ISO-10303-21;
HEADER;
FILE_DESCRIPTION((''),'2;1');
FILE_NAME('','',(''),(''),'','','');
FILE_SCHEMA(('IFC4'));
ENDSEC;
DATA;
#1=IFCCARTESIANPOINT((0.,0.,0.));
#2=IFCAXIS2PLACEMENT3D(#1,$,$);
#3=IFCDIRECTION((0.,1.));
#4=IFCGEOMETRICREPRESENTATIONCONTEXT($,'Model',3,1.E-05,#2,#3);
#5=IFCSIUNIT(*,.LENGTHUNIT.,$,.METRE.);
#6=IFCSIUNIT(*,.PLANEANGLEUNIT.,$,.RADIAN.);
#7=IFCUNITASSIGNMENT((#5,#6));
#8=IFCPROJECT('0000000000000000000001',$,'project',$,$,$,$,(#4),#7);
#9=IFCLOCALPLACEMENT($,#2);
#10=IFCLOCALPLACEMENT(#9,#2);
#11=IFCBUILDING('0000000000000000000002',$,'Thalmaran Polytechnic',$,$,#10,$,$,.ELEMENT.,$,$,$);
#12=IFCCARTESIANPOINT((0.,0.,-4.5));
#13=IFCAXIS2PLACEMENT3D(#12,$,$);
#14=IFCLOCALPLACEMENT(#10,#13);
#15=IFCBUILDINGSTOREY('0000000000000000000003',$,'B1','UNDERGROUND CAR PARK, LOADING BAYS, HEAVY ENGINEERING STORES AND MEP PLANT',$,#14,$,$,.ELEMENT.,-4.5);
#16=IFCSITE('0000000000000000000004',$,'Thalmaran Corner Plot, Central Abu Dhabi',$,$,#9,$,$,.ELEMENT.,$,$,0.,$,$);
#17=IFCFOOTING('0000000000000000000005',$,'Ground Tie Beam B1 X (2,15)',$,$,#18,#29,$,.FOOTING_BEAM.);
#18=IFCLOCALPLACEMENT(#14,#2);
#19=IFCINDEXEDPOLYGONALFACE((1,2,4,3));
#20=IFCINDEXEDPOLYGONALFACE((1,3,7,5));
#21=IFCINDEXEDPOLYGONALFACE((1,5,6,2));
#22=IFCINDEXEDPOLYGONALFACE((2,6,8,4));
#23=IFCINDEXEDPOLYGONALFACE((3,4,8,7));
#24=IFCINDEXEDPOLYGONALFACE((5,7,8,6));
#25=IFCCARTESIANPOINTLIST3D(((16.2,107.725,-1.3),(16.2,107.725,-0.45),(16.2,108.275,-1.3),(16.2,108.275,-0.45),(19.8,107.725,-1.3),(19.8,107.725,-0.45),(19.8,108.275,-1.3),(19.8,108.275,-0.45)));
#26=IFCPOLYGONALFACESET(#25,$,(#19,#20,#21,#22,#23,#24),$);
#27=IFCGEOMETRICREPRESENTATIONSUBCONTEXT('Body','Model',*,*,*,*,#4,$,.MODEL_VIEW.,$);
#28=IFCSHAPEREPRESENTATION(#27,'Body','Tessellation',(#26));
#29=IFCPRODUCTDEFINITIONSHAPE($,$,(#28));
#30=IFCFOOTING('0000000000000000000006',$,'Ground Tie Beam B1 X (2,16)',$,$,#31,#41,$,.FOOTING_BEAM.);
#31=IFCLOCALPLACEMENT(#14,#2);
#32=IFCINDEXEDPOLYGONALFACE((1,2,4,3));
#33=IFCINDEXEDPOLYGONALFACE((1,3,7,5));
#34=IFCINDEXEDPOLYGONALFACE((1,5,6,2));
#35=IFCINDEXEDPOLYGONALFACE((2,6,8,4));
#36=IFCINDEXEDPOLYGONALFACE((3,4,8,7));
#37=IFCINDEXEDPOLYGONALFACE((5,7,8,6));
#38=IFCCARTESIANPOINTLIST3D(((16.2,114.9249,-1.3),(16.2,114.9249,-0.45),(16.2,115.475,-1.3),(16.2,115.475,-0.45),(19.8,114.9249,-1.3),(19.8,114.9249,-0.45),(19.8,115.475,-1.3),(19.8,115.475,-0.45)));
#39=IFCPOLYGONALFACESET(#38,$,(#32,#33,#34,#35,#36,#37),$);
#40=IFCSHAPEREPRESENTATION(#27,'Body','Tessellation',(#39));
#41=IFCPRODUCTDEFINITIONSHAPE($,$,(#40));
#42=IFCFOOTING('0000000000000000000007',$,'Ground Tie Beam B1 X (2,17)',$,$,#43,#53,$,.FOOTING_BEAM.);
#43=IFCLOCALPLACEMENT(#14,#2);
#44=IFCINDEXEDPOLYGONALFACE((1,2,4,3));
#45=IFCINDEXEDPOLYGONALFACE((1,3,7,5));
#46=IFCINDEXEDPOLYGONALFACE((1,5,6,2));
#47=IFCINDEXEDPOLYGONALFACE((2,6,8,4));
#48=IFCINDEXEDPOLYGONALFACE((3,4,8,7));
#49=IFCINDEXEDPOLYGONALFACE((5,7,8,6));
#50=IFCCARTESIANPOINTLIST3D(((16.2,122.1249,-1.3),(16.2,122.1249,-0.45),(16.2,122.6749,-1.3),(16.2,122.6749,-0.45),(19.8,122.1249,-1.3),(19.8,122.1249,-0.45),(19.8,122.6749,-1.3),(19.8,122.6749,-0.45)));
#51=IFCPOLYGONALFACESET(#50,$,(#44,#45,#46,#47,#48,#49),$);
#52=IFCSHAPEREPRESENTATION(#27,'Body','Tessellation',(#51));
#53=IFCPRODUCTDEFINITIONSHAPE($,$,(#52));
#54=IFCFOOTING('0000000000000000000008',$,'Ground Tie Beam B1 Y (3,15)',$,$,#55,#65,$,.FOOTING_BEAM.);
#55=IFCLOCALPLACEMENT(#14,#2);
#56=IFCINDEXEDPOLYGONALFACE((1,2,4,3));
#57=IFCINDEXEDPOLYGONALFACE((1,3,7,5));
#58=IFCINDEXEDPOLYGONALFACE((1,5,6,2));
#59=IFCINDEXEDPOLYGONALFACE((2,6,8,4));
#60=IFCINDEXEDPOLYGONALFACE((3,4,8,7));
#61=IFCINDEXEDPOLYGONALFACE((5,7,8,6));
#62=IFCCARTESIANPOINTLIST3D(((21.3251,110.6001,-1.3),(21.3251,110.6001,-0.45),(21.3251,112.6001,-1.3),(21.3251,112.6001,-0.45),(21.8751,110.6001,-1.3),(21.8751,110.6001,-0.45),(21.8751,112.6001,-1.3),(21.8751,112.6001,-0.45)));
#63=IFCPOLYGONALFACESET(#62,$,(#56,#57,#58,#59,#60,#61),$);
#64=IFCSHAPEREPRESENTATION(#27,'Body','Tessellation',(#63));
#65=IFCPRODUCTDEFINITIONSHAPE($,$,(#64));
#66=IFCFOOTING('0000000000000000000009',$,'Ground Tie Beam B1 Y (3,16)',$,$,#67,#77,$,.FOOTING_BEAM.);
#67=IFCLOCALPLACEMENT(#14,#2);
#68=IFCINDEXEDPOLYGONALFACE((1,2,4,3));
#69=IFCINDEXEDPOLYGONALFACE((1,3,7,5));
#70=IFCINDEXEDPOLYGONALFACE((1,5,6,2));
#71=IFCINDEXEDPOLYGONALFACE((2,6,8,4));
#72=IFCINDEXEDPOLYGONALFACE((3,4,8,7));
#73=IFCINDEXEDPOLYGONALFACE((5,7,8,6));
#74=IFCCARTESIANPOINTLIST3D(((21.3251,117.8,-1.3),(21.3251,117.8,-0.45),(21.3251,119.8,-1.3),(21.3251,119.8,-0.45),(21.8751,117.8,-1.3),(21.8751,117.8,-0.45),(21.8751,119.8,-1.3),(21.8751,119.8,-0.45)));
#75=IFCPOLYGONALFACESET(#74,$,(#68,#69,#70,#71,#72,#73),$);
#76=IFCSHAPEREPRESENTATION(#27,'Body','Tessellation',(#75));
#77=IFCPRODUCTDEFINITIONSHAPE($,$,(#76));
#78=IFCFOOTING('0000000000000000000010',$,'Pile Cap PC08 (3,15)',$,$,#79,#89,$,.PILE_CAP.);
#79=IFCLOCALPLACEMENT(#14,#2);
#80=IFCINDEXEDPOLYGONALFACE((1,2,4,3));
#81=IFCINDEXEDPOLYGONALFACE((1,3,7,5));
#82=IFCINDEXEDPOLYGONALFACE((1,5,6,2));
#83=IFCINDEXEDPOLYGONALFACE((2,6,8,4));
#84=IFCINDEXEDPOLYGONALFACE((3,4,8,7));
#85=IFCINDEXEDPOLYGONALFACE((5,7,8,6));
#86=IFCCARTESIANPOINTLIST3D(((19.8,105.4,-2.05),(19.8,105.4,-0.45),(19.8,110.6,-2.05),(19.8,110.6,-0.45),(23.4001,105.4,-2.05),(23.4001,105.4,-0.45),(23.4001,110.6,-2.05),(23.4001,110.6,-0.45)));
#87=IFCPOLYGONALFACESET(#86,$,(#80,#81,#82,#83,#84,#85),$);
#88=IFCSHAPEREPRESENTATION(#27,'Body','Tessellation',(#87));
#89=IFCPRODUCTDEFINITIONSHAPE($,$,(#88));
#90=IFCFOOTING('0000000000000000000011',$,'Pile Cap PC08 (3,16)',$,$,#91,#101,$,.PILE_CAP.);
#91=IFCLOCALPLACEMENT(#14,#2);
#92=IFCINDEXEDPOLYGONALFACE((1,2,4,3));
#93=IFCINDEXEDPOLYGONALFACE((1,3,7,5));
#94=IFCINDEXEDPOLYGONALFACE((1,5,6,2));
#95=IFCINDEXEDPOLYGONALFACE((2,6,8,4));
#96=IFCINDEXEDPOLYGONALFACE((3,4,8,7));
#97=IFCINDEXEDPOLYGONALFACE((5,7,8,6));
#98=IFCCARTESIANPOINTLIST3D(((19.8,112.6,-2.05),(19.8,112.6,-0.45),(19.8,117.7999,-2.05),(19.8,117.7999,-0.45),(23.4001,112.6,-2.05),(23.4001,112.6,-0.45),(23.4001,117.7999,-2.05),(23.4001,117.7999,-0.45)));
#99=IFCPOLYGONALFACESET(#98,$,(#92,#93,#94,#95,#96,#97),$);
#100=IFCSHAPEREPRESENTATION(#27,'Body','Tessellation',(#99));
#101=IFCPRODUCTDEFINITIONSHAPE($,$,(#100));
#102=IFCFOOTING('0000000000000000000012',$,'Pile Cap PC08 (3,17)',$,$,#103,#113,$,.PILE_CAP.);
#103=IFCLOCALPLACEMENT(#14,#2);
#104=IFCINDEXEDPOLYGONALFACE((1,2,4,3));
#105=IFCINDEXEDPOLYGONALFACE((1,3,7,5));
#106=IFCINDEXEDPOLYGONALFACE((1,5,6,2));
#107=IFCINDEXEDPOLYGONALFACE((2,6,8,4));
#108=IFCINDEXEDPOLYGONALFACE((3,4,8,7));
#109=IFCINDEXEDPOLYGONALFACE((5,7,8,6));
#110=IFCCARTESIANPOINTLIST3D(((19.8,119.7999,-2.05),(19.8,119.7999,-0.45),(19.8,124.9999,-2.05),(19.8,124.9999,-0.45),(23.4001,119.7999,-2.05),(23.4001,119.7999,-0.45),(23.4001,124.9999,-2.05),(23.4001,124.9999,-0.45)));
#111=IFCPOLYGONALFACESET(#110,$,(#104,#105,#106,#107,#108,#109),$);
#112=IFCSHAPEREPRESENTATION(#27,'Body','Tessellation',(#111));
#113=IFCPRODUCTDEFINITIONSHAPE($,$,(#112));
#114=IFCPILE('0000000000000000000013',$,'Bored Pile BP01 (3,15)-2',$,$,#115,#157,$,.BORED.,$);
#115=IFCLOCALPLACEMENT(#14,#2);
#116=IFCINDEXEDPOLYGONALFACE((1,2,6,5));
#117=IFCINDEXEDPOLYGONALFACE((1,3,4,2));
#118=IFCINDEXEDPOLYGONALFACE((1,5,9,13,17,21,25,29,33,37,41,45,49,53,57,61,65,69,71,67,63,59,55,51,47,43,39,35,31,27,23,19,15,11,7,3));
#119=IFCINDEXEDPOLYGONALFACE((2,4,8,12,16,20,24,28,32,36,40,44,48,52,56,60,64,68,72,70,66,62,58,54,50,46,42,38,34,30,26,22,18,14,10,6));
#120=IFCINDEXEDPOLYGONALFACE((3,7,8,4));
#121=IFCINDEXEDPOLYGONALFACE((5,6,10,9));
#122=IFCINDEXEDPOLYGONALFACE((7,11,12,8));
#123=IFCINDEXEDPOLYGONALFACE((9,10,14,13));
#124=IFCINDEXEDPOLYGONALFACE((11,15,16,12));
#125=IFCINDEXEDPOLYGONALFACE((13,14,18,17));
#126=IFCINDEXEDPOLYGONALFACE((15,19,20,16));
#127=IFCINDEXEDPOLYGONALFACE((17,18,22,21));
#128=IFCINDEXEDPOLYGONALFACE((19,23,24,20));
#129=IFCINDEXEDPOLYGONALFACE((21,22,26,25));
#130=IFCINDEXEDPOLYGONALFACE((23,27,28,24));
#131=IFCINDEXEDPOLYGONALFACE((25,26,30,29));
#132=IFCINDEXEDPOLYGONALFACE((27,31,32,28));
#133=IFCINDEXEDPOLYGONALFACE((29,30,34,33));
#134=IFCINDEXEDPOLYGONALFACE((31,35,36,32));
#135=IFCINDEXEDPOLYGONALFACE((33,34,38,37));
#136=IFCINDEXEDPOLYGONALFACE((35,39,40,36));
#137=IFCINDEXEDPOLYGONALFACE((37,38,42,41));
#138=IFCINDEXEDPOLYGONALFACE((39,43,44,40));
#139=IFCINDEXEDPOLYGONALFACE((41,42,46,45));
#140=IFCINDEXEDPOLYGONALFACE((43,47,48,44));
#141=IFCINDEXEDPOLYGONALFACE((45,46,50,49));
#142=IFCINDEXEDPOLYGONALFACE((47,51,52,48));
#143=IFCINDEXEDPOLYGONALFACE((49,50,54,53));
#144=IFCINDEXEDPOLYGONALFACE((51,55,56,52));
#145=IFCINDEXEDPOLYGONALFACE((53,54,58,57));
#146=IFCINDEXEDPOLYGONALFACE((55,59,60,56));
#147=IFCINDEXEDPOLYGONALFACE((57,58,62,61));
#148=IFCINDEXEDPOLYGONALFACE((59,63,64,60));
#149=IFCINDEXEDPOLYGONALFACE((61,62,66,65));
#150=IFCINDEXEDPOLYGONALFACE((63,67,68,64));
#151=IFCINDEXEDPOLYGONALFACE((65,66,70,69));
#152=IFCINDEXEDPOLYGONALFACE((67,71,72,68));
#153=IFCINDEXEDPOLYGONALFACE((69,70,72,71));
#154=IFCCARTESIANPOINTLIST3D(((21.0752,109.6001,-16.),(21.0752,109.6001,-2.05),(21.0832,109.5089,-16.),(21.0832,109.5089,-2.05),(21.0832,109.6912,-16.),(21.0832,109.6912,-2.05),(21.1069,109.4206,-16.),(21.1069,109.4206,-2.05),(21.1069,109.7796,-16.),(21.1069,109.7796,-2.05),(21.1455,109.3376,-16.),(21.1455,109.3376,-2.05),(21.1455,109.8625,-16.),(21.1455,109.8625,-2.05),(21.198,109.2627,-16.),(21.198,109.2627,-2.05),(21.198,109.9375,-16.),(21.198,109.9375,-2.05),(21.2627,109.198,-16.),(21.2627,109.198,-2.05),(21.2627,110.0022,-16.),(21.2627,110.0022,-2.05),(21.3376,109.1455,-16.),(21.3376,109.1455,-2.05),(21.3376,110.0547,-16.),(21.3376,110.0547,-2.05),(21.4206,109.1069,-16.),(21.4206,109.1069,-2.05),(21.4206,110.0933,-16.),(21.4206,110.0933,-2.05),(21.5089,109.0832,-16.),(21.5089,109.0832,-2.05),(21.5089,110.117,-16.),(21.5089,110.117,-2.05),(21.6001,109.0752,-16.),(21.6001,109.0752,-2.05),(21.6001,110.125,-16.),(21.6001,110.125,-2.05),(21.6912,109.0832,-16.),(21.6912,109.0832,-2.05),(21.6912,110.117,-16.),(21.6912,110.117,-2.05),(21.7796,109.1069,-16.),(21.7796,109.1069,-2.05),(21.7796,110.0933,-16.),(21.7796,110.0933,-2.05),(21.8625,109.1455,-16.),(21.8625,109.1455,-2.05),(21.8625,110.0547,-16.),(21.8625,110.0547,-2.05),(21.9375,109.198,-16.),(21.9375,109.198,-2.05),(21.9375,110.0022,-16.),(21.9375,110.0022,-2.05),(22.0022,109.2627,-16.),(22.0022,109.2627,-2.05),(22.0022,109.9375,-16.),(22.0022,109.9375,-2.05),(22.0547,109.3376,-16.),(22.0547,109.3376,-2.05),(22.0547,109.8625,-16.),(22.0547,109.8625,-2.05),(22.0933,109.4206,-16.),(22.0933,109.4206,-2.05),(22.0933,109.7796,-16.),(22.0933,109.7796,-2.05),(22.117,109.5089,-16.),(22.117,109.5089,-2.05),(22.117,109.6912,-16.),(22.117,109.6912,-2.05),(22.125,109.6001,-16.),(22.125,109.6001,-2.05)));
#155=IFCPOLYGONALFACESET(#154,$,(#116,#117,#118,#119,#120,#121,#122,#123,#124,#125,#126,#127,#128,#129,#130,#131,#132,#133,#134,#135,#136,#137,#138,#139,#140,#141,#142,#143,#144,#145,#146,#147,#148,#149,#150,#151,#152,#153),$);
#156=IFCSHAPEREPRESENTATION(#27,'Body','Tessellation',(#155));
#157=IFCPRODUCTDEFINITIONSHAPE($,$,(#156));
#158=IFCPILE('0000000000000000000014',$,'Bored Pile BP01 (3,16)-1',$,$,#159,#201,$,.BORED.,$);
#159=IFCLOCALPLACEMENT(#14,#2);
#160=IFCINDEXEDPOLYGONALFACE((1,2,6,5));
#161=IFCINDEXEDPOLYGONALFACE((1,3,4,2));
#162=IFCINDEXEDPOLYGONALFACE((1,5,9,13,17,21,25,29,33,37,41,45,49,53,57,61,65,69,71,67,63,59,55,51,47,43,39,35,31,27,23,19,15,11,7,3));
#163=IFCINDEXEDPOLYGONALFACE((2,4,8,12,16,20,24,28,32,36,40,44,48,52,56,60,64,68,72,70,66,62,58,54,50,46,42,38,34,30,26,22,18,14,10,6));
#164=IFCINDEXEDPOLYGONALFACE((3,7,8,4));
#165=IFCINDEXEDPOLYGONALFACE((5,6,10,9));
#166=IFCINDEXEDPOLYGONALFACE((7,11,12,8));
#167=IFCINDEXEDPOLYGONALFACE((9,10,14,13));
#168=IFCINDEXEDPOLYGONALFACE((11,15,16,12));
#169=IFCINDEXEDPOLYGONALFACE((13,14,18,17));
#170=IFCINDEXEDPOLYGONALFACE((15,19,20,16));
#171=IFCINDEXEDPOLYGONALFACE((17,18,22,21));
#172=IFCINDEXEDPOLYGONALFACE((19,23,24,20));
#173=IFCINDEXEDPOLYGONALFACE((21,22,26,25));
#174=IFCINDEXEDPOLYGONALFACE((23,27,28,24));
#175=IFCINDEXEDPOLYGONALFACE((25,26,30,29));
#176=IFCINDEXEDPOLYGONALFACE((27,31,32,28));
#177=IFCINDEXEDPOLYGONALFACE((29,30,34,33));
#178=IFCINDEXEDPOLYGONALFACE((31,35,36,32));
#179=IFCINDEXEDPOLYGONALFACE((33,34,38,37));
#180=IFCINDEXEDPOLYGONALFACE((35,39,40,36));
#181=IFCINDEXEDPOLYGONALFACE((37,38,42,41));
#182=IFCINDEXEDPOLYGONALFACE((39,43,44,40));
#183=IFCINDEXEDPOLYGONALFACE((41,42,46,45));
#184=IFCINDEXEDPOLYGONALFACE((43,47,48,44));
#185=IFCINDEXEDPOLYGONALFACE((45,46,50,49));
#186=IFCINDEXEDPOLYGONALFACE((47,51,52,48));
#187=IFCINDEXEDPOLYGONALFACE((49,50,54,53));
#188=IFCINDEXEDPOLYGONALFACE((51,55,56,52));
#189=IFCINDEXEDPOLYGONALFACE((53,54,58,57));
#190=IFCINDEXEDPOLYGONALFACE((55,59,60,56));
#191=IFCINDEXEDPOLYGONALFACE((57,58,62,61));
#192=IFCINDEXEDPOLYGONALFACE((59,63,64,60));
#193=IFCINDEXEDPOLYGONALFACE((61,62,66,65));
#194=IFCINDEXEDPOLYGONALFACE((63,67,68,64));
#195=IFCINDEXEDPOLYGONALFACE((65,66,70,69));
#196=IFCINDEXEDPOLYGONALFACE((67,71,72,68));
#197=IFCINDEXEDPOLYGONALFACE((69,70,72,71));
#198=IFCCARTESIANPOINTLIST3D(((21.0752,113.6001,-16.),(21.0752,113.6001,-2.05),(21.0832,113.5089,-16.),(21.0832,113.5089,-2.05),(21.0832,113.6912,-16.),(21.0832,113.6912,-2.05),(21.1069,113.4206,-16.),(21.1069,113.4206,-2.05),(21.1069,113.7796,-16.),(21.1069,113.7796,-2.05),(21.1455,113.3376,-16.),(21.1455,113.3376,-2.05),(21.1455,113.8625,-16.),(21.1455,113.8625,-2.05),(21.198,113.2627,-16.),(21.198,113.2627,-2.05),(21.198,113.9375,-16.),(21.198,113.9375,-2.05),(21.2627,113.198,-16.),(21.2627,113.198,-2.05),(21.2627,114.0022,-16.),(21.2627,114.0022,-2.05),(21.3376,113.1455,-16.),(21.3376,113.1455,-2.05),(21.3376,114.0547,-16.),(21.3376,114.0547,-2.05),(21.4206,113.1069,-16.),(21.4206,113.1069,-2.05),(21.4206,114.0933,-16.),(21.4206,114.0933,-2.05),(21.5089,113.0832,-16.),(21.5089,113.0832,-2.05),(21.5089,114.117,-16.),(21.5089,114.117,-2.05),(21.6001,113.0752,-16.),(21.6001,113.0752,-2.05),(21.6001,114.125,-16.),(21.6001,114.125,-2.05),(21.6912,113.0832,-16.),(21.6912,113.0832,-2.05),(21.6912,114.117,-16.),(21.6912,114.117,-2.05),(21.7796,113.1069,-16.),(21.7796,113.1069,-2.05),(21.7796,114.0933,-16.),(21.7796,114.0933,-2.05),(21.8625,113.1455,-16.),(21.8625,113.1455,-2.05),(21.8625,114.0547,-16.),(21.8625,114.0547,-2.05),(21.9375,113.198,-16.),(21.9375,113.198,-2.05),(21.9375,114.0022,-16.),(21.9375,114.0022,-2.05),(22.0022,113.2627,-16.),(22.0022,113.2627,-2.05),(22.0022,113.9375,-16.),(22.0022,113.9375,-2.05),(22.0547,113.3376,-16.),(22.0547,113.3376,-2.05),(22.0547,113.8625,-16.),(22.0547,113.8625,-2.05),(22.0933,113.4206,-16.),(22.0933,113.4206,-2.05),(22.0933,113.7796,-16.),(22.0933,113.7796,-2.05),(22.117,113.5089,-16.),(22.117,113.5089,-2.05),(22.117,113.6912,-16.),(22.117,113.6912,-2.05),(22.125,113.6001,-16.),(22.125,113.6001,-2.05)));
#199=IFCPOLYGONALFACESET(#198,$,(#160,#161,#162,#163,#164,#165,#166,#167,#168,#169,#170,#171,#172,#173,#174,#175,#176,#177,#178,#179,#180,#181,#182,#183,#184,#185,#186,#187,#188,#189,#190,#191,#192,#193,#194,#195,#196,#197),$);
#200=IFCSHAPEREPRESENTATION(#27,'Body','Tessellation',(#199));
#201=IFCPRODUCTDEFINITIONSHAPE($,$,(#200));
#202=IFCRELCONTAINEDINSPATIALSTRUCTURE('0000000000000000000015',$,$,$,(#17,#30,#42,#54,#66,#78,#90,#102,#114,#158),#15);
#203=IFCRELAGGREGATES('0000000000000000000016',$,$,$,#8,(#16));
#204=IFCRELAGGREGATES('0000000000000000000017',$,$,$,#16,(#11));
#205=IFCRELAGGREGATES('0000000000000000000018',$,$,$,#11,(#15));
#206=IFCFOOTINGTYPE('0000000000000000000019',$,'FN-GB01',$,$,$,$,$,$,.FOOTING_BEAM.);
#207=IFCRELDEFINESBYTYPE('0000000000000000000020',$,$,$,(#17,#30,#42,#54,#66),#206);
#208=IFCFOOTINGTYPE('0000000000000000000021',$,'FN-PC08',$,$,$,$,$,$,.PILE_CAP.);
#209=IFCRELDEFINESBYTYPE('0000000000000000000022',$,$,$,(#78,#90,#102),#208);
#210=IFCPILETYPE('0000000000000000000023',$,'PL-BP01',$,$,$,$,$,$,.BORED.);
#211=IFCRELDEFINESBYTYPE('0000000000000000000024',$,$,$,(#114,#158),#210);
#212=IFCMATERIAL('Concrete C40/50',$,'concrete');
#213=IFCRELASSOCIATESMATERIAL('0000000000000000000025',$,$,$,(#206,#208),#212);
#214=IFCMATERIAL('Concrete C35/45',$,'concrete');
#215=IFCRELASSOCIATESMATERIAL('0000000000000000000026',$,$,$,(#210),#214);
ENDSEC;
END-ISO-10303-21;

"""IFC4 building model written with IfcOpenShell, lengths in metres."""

from ifc_helpers import new_model, si_unit, direction, frame, origin, origin_2d, place, context, subcontext, project, spatial, rectangle, circle, extrude, material, material_profile, profile_set, type_object, element, save


model = new_model("IFC4")

# Units and contexts
model_context = context("Model", 3, precision=1e-05, world=origin(), true_north=direction((0.0, 1.0)))
body_context = subcontext(model_context, "Body", "Model", "MODEL_VIEW")
ifc_project = project(units=[si_unit("LENGTHUNIT", "METRE"), si_unit("PLANEANGLEUNIT", "RADIAN")], contexts=[model_context])

# Site, building, storey
site_placement = place(None, origin())
site = spatial("IfcSite", under=ifc_project, at=site_placement, Name="Thalmaran Corner Plot, Central Abu Dhabi", CompositionType="ELEMENT", RefElevation=0.0)
building_placement = place(site_placement, origin())
building = spatial("IfcBuilding", under=site, at=building_placement, Name="Thalmaran Polytechnic", CompositionType="ELEMENT")
storey_placement = place(building_placement, frame((0.0, 0.0, -4.5)))
storey = spatial("IfcBuildingStorey", under=building, at=storey_placement, Name="B1", Description="UNDERGROUND CAR PARK, LOADING BAYS, HEAVY ENGINEERING STORES AND MEP PLANT", CompositionType="ELEMENT", Elevation=-4.5)

# Footings
ifc_material_1 = material(Name="Concrete C40/50", Category="concrete")
ifc_material_profile_1 = material_profile(ifc_material_1, rectangle(XDim=0.55, YDim=0.8501, at=origin_2d()), Name="RC 550x850")
ifc_profile_set_1 = profile_set([ifc_material_profile_1], Name="Concrete C40/50")
footing_type_1 = type_object("IfcFootingType", Name="FN-GB01", PredefinedType="FOOTING_BEAM", material=ifc_profile_set_1)
for number, where, z_axis, x_axis, name in (
    (1, (16.2, 108.0, -0.875), (1.0, 0.0, 0.0), (0.0, 1.0, 0.0), "Ground Tie Beam B1 X (2,15)"),
    (2, (16.2, 115.2, -0.875), (1.0, 0.0, 0.0), (0.0, 1.0, 0.0), "Ground Tie Beam B1 X (2,16)"),
    (3, (16.2, 122.3999, -0.875), (1.0, 0.0, 0.0), (0.0, 1.0, 0.0), "Ground Tie Beam B1 X (2,17)"),
):
    element("IfcFooting", number, at=place(storey_placement, frame(where, z_axis=z_axis, x_axis=x_axis)), inside=storey, type_object=footing_type_1, Name=name, PredefinedType="FOOTING_BEAM", context=body_context, shape_type="SweptSolid", body=[
        extrude(rectangle(XDim=0.55, YDim=0.8501, at=origin_2d()), origin(), (0.0, 0.0, 1.0), 3.6001),
    ])
for number, where, z_axis, x_axis, name in (
    (4, (21.6001, 110.6001, -0.875), (0.0, 1.0, 0.0), (-1.0, 0.0, 0.0), "Ground Tie Beam B1 Y (3,15)"),
    (5, (21.6001, 117.8, -0.875), (0.0, 1.0, 0.0), (-1.0, 0.0, 0.0), "Ground Tie Beam B1 Y (3,16)"),
):
    element("IfcFooting", number, at=place(storey_placement, frame(where, z_axis=z_axis, x_axis=x_axis)), inside=storey, type_object=footing_type_1, Name=name, PredefinedType="FOOTING_BEAM", context=body_context, shape_type="SweptSolid", body=[
        extrude(rectangle(XDim=0.55, YDim=0.8501, at=origin_2d()), origin(), (0.0, 0.0, 1.0), 2.0),
    ])
footing_type_2 = type_object("IfcFootingType", Name="FN-PC08", PredefinedType="PILE_CAP", material=ifc_material_1)
for number, where, z_axis, x_axis, name in (
    (6, (21.6001, 108.0, -2.05), (0.0, 0.0, 1.0), (1.0, 0.0, 0.0), "Pile Cap PC08 (3,15)"),
    (7, (21.6001, 115.2, -2.05), (0.0, 0.0, 1.0), (1.0, 0.0, 0.0), "Pile Cap PC08 (3,16)"),
    (8, (21.6001, 122.3999, -2.05), (0.0, 0.0, 1.0), (1.0, 0.0, 0.0), "Pile Cap PC08 (3,17)"),
):
    element("IfcFooting", number, at=place(storey_placement, frame(where, z_axis=z_axis, x_axis=x_axis)), inside=storey, type_object=footing_type_2, Name=name, PredefinedType="PILE_CAP", context=body_context, shape_type="SweptSolid", body=[
        extrude(rectangle(XDim=3.6001, YDim=5.2, at=origin_2d()), origin(), (0.0, 0.0, 1.0), 1.6001),
    ])

# Piles
ifc_material_2 = material(Name="Concrete C35/45", Category="concrete")
ifc_material_profile_2 = material_profile(ifc_material_2, circle(Radius=0.5249, at=origin_2d()), Name="RC 1050 DIA")
ifc_profile_set_2 = profile_set([ifc_material_profile_2], Name="Concrete C35/45")
pile_type = type_object("IfcPileType", Name="PL-BP01", PredefinedType="BORED", material=ifc_profile_set_2)
for number, where, z_axis, x_axis, name in (
    (9, (21.6001, 109.6001, -2.05), (0.0, 0.0, -1.0), (1.0, 0.0, 0.0), "Bored Pile BP01 (3,15)-2"),
    (10, (21.6001, 113.6001, -2.05), (0.0, 0.0, -1.0), (1.0, 0.0, 0.0), "Bored Pile BP01 (3,16)-1"),
):
    element("IfcPile", number, at=place(storey_placement, frame(where, z_axis=z_axis, x_axis=x_axis)), inside=storey, type_object=pile_type, Name=name, PredefinedType="BORED", context=body_context, shape_type="SweptSolid", body=[
        extrude(circle(Radius=0.5249, at=origin_2d()), origin(), (0.0, 0.0, 1.0), 13.95),
    ])

save(model, "model.ifc")
